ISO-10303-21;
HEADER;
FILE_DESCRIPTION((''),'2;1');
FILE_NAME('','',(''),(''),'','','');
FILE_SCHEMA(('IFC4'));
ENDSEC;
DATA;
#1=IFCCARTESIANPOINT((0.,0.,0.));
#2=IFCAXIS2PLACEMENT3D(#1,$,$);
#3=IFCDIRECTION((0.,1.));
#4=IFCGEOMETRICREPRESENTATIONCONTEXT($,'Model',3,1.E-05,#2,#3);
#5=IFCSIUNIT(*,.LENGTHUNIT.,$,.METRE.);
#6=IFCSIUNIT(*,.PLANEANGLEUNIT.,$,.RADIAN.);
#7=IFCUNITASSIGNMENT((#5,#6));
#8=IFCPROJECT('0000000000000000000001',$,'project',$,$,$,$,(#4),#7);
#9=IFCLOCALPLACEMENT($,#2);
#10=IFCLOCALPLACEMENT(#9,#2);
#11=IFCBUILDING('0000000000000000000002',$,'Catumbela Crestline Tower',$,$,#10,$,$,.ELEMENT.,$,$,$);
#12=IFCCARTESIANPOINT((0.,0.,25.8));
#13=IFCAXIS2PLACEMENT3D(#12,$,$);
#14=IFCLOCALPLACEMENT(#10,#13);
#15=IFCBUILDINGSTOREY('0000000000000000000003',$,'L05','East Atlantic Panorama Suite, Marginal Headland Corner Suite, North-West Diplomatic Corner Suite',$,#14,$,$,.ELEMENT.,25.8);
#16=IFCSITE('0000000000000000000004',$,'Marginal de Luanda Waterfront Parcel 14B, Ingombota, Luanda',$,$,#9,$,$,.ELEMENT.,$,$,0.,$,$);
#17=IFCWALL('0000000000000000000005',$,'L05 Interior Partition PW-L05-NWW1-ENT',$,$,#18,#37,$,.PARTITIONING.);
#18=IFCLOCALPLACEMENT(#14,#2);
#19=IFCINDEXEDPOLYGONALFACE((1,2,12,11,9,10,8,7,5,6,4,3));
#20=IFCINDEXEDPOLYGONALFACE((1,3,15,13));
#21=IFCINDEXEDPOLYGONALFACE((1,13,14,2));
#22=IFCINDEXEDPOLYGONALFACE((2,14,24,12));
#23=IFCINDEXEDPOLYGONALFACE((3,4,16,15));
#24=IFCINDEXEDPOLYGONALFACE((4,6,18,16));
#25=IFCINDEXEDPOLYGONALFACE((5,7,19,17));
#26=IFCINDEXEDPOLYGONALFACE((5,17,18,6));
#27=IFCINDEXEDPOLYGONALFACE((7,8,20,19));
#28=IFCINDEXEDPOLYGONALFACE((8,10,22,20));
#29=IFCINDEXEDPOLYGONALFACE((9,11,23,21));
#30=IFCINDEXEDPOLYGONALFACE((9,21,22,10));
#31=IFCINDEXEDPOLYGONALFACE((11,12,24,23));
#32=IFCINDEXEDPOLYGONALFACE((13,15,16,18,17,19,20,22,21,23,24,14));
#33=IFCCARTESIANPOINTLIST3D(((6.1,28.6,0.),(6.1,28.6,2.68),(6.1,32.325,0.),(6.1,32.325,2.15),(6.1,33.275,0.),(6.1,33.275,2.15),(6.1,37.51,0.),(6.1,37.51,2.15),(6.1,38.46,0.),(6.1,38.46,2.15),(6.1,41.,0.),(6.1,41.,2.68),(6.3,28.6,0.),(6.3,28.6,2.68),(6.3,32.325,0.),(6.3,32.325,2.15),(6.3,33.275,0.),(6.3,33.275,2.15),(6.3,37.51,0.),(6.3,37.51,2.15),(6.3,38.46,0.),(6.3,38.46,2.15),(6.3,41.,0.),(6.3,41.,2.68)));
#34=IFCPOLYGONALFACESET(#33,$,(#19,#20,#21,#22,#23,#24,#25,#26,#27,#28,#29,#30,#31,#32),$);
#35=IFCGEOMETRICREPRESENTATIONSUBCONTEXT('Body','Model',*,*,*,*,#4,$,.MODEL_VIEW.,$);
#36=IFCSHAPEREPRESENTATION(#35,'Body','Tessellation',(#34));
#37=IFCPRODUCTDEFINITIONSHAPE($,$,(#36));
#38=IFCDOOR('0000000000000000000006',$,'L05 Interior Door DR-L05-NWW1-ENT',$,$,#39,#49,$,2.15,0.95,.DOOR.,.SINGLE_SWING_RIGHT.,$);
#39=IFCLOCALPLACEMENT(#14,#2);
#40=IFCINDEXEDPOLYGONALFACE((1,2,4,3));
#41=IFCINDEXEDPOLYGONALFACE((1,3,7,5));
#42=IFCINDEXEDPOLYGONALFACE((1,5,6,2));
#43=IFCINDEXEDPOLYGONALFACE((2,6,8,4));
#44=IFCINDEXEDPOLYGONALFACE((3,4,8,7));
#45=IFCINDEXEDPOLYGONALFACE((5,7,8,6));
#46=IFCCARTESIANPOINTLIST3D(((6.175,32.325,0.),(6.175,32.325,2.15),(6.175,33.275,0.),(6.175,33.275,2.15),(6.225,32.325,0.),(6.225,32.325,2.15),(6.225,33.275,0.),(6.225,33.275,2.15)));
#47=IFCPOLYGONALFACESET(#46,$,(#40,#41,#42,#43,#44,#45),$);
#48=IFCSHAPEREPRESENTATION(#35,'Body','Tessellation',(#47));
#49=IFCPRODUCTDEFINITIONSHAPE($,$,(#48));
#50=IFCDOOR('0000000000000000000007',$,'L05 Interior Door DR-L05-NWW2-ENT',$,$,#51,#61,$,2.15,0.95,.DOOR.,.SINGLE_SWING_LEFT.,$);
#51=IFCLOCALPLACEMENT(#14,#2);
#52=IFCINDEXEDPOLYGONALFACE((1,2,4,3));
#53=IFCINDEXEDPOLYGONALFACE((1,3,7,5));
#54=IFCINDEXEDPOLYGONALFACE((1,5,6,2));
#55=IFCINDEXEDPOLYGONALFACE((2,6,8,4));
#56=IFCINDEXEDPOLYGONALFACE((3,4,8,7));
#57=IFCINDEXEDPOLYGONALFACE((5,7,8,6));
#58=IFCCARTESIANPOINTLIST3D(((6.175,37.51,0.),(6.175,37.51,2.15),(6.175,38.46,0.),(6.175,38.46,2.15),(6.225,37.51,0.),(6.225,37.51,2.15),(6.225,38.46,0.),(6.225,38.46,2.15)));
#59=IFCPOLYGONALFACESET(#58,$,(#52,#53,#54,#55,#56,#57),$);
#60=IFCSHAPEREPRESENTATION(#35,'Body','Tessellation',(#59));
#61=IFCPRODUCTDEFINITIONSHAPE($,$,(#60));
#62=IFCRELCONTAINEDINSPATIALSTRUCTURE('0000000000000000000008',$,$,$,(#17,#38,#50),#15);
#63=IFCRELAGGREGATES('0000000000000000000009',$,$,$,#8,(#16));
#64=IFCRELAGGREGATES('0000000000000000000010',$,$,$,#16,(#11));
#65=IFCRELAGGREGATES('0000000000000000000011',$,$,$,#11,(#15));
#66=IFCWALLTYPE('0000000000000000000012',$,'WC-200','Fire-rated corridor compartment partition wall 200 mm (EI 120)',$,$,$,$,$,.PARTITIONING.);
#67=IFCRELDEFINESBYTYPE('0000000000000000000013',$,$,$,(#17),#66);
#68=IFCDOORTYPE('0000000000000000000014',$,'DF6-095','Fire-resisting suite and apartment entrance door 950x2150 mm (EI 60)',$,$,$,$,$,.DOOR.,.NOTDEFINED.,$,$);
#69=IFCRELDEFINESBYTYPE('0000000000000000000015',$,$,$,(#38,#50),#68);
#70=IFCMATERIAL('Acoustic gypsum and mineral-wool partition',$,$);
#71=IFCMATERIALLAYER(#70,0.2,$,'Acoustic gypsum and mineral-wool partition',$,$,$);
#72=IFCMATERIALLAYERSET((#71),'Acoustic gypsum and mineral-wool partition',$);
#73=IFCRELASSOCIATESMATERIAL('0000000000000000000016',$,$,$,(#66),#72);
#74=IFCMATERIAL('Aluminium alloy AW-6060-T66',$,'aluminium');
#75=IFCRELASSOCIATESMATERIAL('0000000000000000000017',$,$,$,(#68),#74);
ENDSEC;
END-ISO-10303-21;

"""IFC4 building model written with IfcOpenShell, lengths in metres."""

from ifc_helpers import new_model, si_unit, direction, frame, frame_2d, origin, place, context, subcontext, project, spatial, rectangle, extrude, material, layer, layer_set, type_object, element, fill, save


model = new_model("IFC4")

# Units and contexts
model_context = context("Model", 3, precision=1e-05, world=origin(), true_north=direction((0.0, 1.0)))
body_context = subcontext(model_context, "Body", "Model", "MODEL_VIEW")
ifc_project = project(units=[si_unit("LENGTHUNIT", "METRE"), si_unit("PLANEANGLEUNIT", "RADIAN")], contexts=[model_context])

# Site, building, storey
site_placement = place(None, origin())
site = spatial("IfcSite", under=ifc_project, at=site_placement, Name="Marginal de Luanda Waterfront Parcel 14B, Ingombota, Luanda", CompositionType="ELEMENT", RefElevation=0.0)
building_placement = place(site_placement, origin())
building = spatial("IfcBuilding", under=site, at=building_placement, Name="Catumbela Crestline Tower", CompositionType="ELEMENT")
storey_placement = place(building_placement, frame((0.0, 0.0, 25.8)))
storey = spatial("IfcBuildingStorey", under=building, at=storey_placement, Name="L05", Description="East Atlantic Panorama Suite, Marginal Headland Corner Suite, North-West Diplomatic Corner Suite", CompositionType="ELEMENT", Elevation=25.8)

# Shared definitions
ifc_material_1 = material(Name="Acoustic gypsum and mineral-wool partition")
ifc_layer = layer(ifc_material_1, 0.2, Name="Acoustic gypsum and mineral-wool partition")
ifc_layer_set = layer_set([ifc_layer], Name="Acoustic gypsum and mineral-wool partition")
wall_type = type_object("IfcWallType", Name="WC-200", Description="Fire-rated corridor compartment partition wall 200 mm (EI 120)", PredefinedType="PARTITIONING", material=ifc_layer_set)
ifc_material_2 = material(Name="Aluminium alloy AW-6060-T66", Category="aluminium")
door_type_1 = type_object("IfcDoorType", Name="DF6-095", Description="Fire-resisting suite and apartment entrance door 950x2150 mm (EI 60)", OperationType="NOTDEFINED", PredefinedType="DOOR", material=ifc_material_2)

# Wall, openings, doors
wall_1_placement = place(storey_placement, frame((6.2, 28.6, 0.0), z_axis=(0.0, 0.0, 1.0), x_axis=(0.0, 1.0, 0.0)))
wall_1 = element("IfcWall", 1, at=wall_1_placement, inside=storey, type_object=wall_type, Name="L05 Interior Partition PW-L05-NWW1-ENT", PredefinedType="PARTITIONING", context=body_context, shape_type="SweptSolid", body=[
    extrude(rectangle(XDim=12.4, YDim=0.2, at=frame_2d((6.2, 0.0))), origin(), (0.0, 0.0, 1.0), 2.68),
])
opening_1_placement = place(wall_1_placement, frame((3.725, 0.0, 0.0)))
opening_1 = element("IfcOpeningElement", 2, at=opening_1_placement, cuts=wall_1, PredefinedType="OPENING", context=body_context, shape_type="SweptSolid", body=[
    extrude(rectangle(XDim=0.95, YDim=2.15, at=frame_2d((0.475, 1.075))), frame((0.0, 0.11, 0.0), z_axis=(0.0, -1.0, 0.0), x_axis=(1.0, 0.0, 0.0)), (0.0, 0.0, 1.0), 0.22),
])
opening_2_placement = place(wall_1_placement, frame((8.91, 0.0, 0.0)))
opening_2 = element("IfcOpeningElement", 3, at=opening_2_placement, cuts=wall_1, PredefinedType="OPENING", context=body_context, shape_type="SweptSolid", body=[
    extrude(rectangle(XDim=0.95, YDim=2.15, at=frame_2d((0.475, 1.075))), frame((0.0, 0.11, 0.0), z_axis=(0.0, -1.0, 0.0), x_axis=(1.0, 0.0, 0.0)), (0.0, 0.0, 1.0), 0.22),
])
door_1_placement = place(opening_1_placement, origin())
door_1 = element("IfcDoor", 4, at=door_1_placement, inside=storey, type_object=door_type_1, Name="L05 Interior Door DR-L05-NWW1-ENT", OperationType="SINGLE_SWING_RIGHT", OverallHeight=2.15, OverallWidth=0.95, PredefinedType="DOOR", context=body_context, shape_type="SweptSolid", body=[
    extrude(rectangle(XDim=0.95, YDim=2.15, at=frame_2d((0.475, 1.075))), frame((0.0, 0.025, 0.0), z_axis=(0.0, -1.0, 0.0), x_axis=(1.0, 0.0, 0.0)), (0.0, 0.0, 1.0), 0.05),
])
fill(opening_1, door_1)
door_2_placement = place(opening_2_placement, origin())
door_2 = element("IfcDoor", 5, at=door_2_placement, inside=storey, type_object=door_type_1, Name="L05 Interior Door DR-L05-NWW2-ENT", OperationType="SINGLE_SWING_LEFT", OverallHeight=2.15, OverallWidth=0.95, PredefinedType="DOOR", context=body_context, shape_type="SweptSolid", body=[
    extrude(rectangle(XDim=0.95, YDim=2.15, at=frame_2d((0.475, 1.075))), frame((0.0, 0.025, 0.0), z_axis=(0.0, -1.0, 0.0), x_axis=(1.0, 0.0, 0.0)), (0.0, 0.0, 1.0), 0.05),
])
fill(opening_2, door_2)

save(model, "model.ifc")
